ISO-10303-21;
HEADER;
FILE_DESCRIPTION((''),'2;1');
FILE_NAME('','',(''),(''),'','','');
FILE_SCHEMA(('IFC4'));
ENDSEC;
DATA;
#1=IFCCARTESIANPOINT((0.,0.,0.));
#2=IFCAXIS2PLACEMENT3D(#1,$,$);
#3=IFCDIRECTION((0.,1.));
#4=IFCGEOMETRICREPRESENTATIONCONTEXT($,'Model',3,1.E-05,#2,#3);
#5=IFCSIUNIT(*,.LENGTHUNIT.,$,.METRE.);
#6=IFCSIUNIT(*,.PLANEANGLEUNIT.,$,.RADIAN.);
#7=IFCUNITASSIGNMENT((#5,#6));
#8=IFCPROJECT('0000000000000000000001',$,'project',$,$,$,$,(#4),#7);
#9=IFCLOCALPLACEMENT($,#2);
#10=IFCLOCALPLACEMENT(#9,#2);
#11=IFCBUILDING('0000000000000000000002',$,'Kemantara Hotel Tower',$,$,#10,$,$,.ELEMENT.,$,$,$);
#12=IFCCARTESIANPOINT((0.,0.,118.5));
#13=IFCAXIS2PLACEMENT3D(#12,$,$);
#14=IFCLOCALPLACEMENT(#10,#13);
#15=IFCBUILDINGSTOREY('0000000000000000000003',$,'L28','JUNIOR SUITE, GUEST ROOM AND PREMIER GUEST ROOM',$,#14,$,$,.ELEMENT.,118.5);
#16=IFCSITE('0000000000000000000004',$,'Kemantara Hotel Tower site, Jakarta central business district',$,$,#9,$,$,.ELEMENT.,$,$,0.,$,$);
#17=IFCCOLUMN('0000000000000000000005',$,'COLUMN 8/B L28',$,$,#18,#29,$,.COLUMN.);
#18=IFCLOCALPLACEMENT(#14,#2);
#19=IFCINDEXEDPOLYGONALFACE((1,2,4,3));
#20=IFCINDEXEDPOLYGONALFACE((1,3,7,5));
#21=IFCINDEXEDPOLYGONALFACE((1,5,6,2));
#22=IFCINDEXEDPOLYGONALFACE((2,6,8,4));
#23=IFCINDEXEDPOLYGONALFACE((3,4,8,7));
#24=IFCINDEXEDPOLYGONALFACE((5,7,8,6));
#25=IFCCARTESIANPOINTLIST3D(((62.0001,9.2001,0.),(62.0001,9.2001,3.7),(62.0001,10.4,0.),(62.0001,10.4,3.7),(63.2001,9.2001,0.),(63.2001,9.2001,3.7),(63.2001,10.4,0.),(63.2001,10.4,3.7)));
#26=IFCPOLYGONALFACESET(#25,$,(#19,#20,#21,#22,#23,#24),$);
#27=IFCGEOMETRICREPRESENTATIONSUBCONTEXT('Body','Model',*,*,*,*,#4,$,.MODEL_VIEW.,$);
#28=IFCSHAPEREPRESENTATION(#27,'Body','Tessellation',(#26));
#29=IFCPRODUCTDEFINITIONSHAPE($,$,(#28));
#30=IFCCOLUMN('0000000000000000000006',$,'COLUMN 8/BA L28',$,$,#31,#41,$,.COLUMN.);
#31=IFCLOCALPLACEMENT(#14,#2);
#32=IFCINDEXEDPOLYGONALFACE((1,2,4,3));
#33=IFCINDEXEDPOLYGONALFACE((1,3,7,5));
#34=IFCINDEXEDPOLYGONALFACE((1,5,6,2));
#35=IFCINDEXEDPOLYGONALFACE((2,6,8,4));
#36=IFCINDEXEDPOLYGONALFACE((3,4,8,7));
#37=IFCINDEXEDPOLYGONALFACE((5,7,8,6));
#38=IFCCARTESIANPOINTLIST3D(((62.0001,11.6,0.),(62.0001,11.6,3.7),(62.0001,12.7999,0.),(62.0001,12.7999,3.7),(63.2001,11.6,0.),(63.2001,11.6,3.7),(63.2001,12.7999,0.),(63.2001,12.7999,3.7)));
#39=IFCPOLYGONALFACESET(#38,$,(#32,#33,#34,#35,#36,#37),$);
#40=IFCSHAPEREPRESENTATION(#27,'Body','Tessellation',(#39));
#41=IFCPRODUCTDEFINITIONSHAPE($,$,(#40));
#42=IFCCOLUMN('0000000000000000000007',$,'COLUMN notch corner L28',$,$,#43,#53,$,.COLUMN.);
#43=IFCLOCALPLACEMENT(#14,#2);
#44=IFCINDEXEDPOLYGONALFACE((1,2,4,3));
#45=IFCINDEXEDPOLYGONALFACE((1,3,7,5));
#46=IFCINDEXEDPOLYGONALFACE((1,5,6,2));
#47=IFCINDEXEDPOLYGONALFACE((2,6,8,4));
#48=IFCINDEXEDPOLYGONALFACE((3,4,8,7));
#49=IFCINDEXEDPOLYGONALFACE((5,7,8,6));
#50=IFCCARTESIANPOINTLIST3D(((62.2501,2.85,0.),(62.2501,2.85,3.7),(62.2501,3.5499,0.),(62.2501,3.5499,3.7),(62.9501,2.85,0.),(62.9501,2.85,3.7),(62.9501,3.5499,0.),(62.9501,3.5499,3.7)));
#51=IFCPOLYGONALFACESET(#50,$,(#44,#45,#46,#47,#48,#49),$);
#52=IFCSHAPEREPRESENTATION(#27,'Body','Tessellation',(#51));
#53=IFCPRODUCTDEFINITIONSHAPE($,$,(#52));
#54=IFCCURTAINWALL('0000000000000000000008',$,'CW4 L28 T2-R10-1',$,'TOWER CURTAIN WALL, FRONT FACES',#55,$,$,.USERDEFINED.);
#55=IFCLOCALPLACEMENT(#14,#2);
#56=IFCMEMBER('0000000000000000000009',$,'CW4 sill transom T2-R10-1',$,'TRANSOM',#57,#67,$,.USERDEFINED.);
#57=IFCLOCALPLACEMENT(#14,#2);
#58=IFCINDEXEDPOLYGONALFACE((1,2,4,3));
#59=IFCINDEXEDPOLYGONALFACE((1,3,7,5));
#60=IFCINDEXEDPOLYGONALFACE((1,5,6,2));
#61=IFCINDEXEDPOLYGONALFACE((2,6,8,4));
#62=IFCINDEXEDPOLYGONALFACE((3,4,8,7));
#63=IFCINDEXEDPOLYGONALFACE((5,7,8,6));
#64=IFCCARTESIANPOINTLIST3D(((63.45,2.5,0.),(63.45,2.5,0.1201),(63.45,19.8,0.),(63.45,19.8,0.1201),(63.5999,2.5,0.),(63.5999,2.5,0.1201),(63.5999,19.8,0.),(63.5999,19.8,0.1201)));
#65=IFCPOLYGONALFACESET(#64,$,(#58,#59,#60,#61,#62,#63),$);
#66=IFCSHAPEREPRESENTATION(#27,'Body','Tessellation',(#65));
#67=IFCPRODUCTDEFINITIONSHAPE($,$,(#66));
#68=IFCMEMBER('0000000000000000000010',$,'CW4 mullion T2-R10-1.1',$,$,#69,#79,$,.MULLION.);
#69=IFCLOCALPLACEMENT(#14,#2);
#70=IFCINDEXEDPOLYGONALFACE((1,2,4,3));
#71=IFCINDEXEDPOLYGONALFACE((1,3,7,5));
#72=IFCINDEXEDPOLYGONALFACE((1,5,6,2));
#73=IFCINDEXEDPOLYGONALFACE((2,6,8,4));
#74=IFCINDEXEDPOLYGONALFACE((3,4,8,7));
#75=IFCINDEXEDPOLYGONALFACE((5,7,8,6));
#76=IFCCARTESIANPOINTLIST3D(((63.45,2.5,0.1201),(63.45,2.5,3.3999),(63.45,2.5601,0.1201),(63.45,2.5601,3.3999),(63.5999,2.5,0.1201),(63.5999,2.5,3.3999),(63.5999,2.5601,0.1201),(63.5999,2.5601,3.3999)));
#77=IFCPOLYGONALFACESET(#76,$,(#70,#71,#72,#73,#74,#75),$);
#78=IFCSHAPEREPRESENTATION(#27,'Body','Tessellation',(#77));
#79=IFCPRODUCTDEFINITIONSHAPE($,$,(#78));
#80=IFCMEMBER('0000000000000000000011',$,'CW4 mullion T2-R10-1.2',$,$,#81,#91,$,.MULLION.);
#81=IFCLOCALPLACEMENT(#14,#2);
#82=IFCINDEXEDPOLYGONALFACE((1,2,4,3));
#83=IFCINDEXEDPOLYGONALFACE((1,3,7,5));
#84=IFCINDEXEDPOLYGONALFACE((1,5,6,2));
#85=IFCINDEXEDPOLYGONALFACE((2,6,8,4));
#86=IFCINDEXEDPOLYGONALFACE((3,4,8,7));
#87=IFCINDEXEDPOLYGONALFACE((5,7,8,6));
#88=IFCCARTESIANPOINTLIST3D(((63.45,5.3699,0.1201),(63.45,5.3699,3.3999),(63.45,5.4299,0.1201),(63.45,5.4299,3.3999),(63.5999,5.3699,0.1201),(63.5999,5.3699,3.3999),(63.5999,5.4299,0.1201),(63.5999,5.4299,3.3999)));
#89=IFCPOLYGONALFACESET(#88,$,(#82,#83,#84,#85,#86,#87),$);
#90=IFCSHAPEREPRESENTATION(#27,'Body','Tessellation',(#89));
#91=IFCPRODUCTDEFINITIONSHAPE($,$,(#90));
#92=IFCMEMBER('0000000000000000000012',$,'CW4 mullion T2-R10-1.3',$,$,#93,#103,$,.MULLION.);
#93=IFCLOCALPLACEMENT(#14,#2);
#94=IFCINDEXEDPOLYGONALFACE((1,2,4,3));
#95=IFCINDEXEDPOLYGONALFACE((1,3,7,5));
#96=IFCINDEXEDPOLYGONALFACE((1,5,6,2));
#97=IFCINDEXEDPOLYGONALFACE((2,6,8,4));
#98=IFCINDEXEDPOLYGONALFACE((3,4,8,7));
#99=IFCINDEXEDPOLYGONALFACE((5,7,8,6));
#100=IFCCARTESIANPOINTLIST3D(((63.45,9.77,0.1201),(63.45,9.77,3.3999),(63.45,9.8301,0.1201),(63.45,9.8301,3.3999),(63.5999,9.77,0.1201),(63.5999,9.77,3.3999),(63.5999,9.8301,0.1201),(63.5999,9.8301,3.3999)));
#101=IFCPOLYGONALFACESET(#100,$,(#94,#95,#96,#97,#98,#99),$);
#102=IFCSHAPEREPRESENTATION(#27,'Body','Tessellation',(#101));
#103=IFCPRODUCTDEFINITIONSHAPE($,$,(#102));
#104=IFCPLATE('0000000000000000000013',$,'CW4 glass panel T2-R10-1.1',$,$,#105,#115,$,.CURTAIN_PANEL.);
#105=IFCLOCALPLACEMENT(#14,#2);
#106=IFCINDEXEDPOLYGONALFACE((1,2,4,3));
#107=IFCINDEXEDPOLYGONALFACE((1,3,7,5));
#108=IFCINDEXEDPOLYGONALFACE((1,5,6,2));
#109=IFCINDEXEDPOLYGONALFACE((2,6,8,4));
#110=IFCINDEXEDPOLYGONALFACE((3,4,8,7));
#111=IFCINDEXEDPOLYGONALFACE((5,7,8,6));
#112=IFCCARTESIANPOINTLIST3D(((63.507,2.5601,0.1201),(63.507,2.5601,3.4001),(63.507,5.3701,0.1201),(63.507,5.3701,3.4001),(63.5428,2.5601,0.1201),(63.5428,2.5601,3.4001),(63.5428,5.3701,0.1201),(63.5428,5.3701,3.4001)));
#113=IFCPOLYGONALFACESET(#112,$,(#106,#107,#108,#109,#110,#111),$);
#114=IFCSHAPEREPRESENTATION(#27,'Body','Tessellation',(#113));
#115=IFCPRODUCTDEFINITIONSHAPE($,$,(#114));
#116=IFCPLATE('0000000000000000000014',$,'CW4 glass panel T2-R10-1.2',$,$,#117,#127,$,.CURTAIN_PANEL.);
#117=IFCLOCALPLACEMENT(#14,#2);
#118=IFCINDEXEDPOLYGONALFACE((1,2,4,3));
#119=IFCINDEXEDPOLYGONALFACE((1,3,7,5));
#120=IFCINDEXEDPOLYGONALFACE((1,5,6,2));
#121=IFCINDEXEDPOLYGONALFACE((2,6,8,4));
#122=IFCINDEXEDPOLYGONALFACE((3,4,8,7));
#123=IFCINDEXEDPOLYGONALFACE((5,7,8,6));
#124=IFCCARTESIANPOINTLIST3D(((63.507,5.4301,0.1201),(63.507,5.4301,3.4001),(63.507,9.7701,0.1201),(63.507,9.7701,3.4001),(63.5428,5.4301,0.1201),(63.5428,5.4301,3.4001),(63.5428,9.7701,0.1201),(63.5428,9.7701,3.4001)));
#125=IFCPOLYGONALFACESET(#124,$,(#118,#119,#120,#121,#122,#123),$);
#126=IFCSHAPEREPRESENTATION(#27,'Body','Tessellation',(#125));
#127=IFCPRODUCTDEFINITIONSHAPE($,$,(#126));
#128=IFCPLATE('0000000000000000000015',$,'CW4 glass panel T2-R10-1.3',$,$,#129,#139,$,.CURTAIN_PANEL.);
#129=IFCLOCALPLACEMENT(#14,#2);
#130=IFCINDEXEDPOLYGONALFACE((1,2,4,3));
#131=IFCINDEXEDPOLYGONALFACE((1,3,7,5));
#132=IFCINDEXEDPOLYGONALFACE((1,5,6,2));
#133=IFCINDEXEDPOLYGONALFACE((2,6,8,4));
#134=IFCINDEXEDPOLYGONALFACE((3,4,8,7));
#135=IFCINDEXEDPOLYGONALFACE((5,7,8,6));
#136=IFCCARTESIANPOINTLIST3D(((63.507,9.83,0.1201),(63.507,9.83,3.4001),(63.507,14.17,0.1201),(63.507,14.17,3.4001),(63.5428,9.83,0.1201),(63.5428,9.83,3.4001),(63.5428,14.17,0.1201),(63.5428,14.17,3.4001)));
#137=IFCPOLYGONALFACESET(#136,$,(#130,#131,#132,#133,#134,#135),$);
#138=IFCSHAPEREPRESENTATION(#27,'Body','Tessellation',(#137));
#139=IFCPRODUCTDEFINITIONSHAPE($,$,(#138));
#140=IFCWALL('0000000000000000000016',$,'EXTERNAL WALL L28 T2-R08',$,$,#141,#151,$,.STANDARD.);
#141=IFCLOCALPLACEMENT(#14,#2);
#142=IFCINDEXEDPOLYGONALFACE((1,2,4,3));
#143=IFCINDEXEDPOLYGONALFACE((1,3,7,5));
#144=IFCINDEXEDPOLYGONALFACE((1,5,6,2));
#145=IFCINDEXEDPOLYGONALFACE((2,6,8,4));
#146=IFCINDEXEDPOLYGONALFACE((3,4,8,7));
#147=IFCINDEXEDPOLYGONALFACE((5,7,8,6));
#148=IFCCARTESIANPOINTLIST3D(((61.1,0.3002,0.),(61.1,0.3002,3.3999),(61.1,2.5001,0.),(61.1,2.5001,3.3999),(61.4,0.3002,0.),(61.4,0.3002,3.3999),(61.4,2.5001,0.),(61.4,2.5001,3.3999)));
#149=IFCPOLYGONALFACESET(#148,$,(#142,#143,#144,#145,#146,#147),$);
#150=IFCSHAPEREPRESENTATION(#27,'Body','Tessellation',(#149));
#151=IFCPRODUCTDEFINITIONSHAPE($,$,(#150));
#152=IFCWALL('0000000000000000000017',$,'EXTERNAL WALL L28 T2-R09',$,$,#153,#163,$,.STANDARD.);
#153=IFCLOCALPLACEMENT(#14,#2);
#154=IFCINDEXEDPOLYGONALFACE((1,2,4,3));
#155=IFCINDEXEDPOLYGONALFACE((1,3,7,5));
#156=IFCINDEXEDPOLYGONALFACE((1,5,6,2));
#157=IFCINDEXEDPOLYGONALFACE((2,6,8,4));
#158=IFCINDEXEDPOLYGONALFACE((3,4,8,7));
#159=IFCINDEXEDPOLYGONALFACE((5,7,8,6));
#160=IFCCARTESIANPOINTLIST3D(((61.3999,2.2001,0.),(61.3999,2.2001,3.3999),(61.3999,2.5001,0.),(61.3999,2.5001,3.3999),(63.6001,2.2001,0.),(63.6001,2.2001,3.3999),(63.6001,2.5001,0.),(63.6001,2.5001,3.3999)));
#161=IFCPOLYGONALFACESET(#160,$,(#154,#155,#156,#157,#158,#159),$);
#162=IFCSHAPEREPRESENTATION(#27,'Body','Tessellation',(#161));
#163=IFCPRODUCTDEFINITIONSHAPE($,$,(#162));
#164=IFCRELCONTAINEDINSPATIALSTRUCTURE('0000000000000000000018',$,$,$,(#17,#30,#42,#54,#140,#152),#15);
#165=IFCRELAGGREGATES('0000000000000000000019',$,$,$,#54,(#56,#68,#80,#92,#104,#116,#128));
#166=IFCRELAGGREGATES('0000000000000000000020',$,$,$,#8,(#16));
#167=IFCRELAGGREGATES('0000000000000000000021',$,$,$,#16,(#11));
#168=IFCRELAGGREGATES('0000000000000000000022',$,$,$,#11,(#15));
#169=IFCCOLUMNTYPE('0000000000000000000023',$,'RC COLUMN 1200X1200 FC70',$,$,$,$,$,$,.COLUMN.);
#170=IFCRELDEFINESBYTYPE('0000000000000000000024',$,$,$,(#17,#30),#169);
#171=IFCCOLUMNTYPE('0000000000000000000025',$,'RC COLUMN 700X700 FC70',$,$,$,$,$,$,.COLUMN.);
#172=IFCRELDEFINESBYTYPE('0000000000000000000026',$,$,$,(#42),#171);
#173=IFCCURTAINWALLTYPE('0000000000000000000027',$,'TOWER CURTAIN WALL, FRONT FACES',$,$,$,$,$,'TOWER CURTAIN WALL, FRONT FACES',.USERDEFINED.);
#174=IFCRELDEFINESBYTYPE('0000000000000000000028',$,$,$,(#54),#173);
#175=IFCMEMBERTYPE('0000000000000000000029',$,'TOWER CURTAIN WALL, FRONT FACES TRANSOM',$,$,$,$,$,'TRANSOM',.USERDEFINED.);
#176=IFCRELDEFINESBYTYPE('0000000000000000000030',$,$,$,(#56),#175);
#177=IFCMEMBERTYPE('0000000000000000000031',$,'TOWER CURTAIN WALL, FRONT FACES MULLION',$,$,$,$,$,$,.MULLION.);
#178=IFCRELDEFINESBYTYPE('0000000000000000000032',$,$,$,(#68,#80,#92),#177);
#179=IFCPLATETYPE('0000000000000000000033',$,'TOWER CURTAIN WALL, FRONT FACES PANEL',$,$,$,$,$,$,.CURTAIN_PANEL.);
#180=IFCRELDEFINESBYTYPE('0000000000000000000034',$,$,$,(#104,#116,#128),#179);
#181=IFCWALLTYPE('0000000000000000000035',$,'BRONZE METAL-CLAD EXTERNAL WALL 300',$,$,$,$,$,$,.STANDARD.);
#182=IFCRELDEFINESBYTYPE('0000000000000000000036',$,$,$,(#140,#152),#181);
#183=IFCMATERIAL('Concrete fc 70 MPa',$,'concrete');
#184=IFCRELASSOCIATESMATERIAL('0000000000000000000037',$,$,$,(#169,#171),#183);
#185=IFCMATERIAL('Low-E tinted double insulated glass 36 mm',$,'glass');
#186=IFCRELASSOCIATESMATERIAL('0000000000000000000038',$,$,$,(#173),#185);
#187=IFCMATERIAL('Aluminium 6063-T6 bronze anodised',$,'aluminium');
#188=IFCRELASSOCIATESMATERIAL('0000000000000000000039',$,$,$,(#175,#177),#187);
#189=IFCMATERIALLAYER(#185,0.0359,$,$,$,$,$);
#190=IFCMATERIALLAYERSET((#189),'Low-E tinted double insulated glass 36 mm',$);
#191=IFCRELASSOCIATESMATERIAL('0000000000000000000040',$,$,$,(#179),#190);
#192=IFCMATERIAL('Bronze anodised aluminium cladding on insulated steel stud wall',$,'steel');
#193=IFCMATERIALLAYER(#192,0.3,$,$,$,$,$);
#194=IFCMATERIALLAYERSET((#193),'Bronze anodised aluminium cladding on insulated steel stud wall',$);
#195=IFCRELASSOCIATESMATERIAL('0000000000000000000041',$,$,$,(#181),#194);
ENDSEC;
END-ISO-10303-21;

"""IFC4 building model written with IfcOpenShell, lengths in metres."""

from ifc_helpers import new_model, si_unit, direction, frame, frame_2d, origin, origin_2d, place, context, subcontext, project, spatial, rectangle, extrude, source, transform, mapped, material, layer, layer_set, material_profile, profile_set, type_object, element, aggregate, save


model = new_model("IFC4")

# Units and contexts
model_context = context("Model", 3, precision=1e-05, world=origin(), true_north=direction((0.0, 1.0)))
body_context = subcontext(model_context, "Body", "Model", "MODEL_VIEW")
ifc_project = project(units=[si_unit("LENGTHUNIT", "METRE"), si_unit("PLANEANGLEUNIT", "RADIAN")], contexts=[model_context])

# Site, building, storey
site_placement = place(None, origin())
site = spatial("IfcSite", under=ifc_project, at=site_placement, Name="Kemantara Hotel Tower site, Jakarta central business district", CompositionType="ELEMENT", RefElevation=0.0)
building_placement = place(site_placement, origin())
building = spatial("IfcBuilding", under=site, at=building_placement, Name="Kemantara Hotel Tower", CompositionType="ELEMENT")
storey_placement = place(building_placement, frame((0.0, 0.0, 118.5)))
storey = spatial("IfcBuildingStorey", under=building, at=storey_placement, Name="L28", Description="JUNIOR SUITE, GUEST ROOM AND PREMIER GUEST ROOM", CompositionType="ELEMENT", Elevation=118.5)

# Columns
ifc_material_1 = material(Name="Concrete fc 70 MPa", Category="concrete")
ifc_material_profile_1 = material_profile(ifc_material_1, rectangle(XDim=1.2, YDim=1.2, at=origin_2d()), Name="RC 1200X1200")
ifc_profile_set_1 = profile_set([ifc_material_profile_1], Name="Concrete fc 70 MPa")
column_type_1 = type_object("IfcColumnType", Name="RC COLUMN 1200X1200 FC70", PredefinedType="COLUMN", material=ifc_profile_set_1)
for number, where, z_axis, x_axis, name in (
    (1, (62.6001, 9.8, 0.0), (0.0, 0.0, 1.0), (1.0, 0.0, 0.0), "COLUMN 8/B L28"),
    (2, (62.6001, 12.2, 0.0), (0.0, 0.0, 1.0), (1.0, 0.0, 0.0), "COLUMN 8/BA L28"),
):
    element("IfcColumn", number, at=place(storey_placement, frame(where, z_axis=z_axis, x_axis=x_axis)), inside=storey, type_object=column_type_1, Name=name, PredefinedType="COLUMN", context=body_context, shape_type="SweptSolid", body=[
        extrude(rectangle(XDim=1.2, YDim=1.2, at=origin_2d()), origin(), (0.0, 0.0, 1.0), 3.7),
    ])
ifc_material_profile_2 = material_profile(ifc_material_1, rectangle(XDim=0.7, YDim=0.7, at=origin_2d()), Name="RC 700X700")
ifc_profile_set_2 = profile_set([ifc_material_profile_2], Name="Concrete fc 70 MPa")
column_type_2 = type_object("IfcColumnType", Name="RC COLUMN 700X700 FC70", PredefinedType="COLUMN", material=ifc_profile_set_2)
column_placement = place(storey_placement, frame((62.6001, 3.2, 0.0), z_axis=(0.0, 0.0, 1.0), x_axis=(1.0, 0.0, 0.0)))
element("IfcColumn", 3, at=column_placement, inside=storey, type_object=column_type_2, Name="COLUMN notch corner L28", PredefinedType="COLUMN", context=body_context, shape_type="SweptSolid", body=[
    extrude(rectangle(XDim=0.7, YDim=0.7, at=origin_2d()), origin(), (0.0, 0.0, 1.0), 3.7),
])

# Curtain wall, members, plates
ifc_material_2 = material(Name="Low-E tinted double insulated glass 36 mm", Category="glass")
curtain_wall_type = type_object("IfcCurtainWallType", Name="TOWER CURTAIN WALL, FRONT FACES", ElementType="TOWER CURTAIN WALL, FRONT FACES", PredefinedType="USERDEFINED", material=ifc_material_2)
curtain_wall_placement = place(storey_placement, origin())
curtain_wall = element("IfcCurtainWall", 4, at=curtain_wall_placement, inside=storey, type_object=curtain_wall_type, Name="CW4 L28 T2-R10-1", ObjectType="TOWER CURTAIN WALL, FRONT FACES", PredefinedType="USERDEFINED")
ifc_material_3 = material(Name="Aluminium 6063-T6 bronze anodised", Category="aluminium")
ifc_material_profile_3 = material_profile(ifc_material_3, rectangle(XDim=0.1499, YDim=0.1201, at=origin_2d()), Name="TOWER CURTAIN WALL, FRONT FACES TRANSOM")
ifc_profile_set_3 = profile_set([ifc_material_profile_3], Name="Aluminium 6063-T6 bronze anodised")
member_type_1 = type_object("IfcMemberType", Name="TOWER CURTAIN WALL, FRONT FACES TRANSOM", ElementType="TRANSOM", PredefinedType="USERDEFINED", material=ifc_profile_set_3)
member_1_placement = place(storey_placement, frame((63.5249, 2.5, 0.0601), z_axis=(0.0, 1.0, 0.0), x_axis=(-1.0, 0.0, 0.0)))
member_1 = element("IfcMember", 5, at=member_1_placement, type_object=member_type_1, Name="CW4 sill transom T2-R10-1", ObjectType="TRANSOM", PredefinedType="USERDEFINED", context=body_context, shape_type="SweptSolid", body=[
    extrude(rectangle(XDim=0.1499, YDim=0.1201, at=origin_2d()), origin(), (0.0, 0.0, 1.0), 17.3),
])
ifc_material_profile_4 = material_profile(ifc_material_3, rectangle(XDim=0.1499, YDim=0.0601, at=origin_2d()), Name="TOWER CURTAIN WALL, FRONT FACES MULLION")
ifc_profile_set_4 = profile_set([ifc_material_profile_4], Name="Aluminium 6063-T6 bronze anodised")
member_type_2 = type_object("IfcMemberType", Name="TOWER CURTAIN WALL, FRONT FACES MULLION", PredefinedType="MULLION", material=ifc_profile_set_4)
shared_shape_1 = source(origin(), body_context, "Body", "SweptSolid", [
    extrude(rectangle(XDim=0.1499, YDim=0.0601, at=origin_2d()), origin(), (0.0, 0.0, 1.0), 3.2798),
])
member_2_placement = place(storey_placement, frame((63.5249, 2.53, 0.1201), z_axis=(0.0, 0.0, 1.0), x_axis=(-1.0, 0.0, 0.0)))
member_2 = element("IfcMember", 6, at=member_2_placement, type_object=member_type_2, Name="CW4 mullion T2-R10-1.1", PredefinedType="MULLION", context=body_context, shape_type="MappedRepresentation", body=[
    mapped(shared_shape_1, transform((0.0, 0.0, 0.0))),
])
member_3_placement = place(storey_placement, frame((63.5249, 5.3999, 0.1201), z_axis=(0.0, 0.0, 1.0), x_axis=(-1.0, 0.0, 0.0)))
member_3 = element("IfcMember", 7, at=member_3_placement, type_object=member_type_2, Name="CW4 mullion T2-R10-1.2", PredefinedType="MULLION", context=body_context, shape_type="MappedRepresentation", body=[
    mapped(shared_shape_1, transform((0.0, 0.0, 0.0))),
])
member_4_placement = place(storey_placement, frame((63.5249, 9.8, 0.1201), z_axis=(0.0, 0.0, 1.0), x_axis=(-1.0, 0.0, 0.0)))
member_4 = element("IfcMember", 8, at=member_4_placement, type_object=member_type_2, Name="CW4 mullion T2-R10-1.3", PredefinedType="MULLION", context=body_context, shape_type="MappedRepresentation", body=[
    mapped(shared_shape_1, transform((0.0, 0.0, 0.0))),
])
ifc_layer_1 = layer(ifc_material_2, 0.0359)
ifc_layer_set_1 = layer_set([ifc_layer_1], Name="Low-E tinted double insulated glass 36 mm")
plate_type = type_object("IfcPlateType", Name="TOWER CURTAIN WALL, FRONT FACES PANEL", PredefinedType="CURTAIN_PANEL", material=ifc_layer_set_1)
shared_shape_2 = source(origin(), body_context, "Body", "SweptSolid", [
    extrude(rectangle(XDim=2.8101, YDim=0.0359, at=origin_2d()), origin(), (0.0, 0.0, 1.0), 3.28),
])
plate_1_placement = place(storey_placement, frame((63.5249, 3.9651, 0.1201), z_axis=(0.0, 0.0, 1.0), x_axis=(0.0, 1.0, 0.0)))
plate_1 = element("IfcPlate", 9, at=plate_1_placement, type_object=plate_type, Name="CW4 glass panel T2-R10-1.1", PredefinedType="CURTAIN_PANEL", context=body_context, shape_type="MappedRepresentation", body=[
    mapped(shared_shape_2, transform((0.0, 0.0, 0.0))),
])
shared_shape_3 = source(origin(), body_context, "Body", "SweptSolid", [
    extrude(rectangle(XDim=4.3401, YDim=0.0359, at=origin_2d()), origin(), (0.0, 0.0, 1.0), 3.28),
])
plate_2_placement = place(storey_placement, frame((63.5249, 7.6001, 0.1201), z_axis=(0.0, 0.0, 1.0), x_axis=(0.0, 1.0, 0.0)))
plate_2 = element("IfcPlate", 10, at=plate_2_placement, type_object=plate_type, Name="CW4 glass panel T2-R10-1.2", PredefinedType="CURTAIN_PANEL", context=body_context, shape_type="MappedRepresentation", body=[
    mapped(shared_shape_3, transform((0.0, 0.0, 0.0))),
])
plate_3_placement = place(storey_placement, frame((63.5249, 12.0, 0.1201), z_axis=(0.0, 0.0, 1.0), x_axis=(0.0, 1.0, 0.0)))
plate_3 = element("IfcPlate", 11, at=plate_3_placement, type_object=plate_type, Name="CW4 glass panel T2-R10-1.3", PredefinedType="CURTAIN_PANEL", context=body_context, shape_type="MappedRepresentation", body=[
    mapped(shared_shape_3, transform((0.0, 0.0, 0.0))),
])
aggregate(curtain_wall, [member_1, member_2, member_3, member_4, plate_1, plate_2, plate_3])

# Walls
ifc_material_4 = material(Name="Bronze anodised aluminium cladding on insulated steel stud wall", Category="steel")
ifc_layer_2 = layer(ifc_material_4, 0.3)
ifc_layer_set_2 = layer_set([ifc_layer_2], Name="Bronze anodised aluminium cladding on insulated steel stud wall")
wall_type_1 = type_object("IfcWallType", Name="BRONZE METAL-CLAD EXTERNAL WALL 300", PredefinedType="STANDARD", material=ifc_layer_set_2)
wall_1_placement = place(storey_placement, frame((61.25, 0.3, 0.0), z_axis=(0.0, 0.0, 1.0), x_axis=(0.0, 1.0, 0.0)))
element("IfcWall", 12, at=wall_1_placement, inside=storey, type_object=wall_type_1, Name="EXTERNAL WALL L28 T2-R08", PredefinedType="STANDARD", context=body_context, shape_type="SweptSolid", body=[
    extrude(rectangle(XDim=2.2, YDim=0.3, at=frame_2d((1.1001, 0.0))), origin(), (0.0, 0.0, 1.0), 3.3999),
])
wall_2_placement = place(storey_placement, frame((61.3999, 2.3501, 0.0), z_axis=(0.0, 0.0, 1.0), x_axis=(1.0, 0.0, 0.0)))
element("IfcWall", 13, at=wall_2_placement, inside=storey, type_object=wall_type_1, Name="EXTERNAL WALL L28 T2-R09", PredefinedType="STANDARD", context=body_context, shape_type="SweptSolid", body=[
    extrude(rectangle(XDim=2.2002, YDim=0.3, at=frame_2d((1.1001, 0.0))), origin(), (0.0, 0.0, 1.0), 3.3999),
])

save(model, "model.ifc")
